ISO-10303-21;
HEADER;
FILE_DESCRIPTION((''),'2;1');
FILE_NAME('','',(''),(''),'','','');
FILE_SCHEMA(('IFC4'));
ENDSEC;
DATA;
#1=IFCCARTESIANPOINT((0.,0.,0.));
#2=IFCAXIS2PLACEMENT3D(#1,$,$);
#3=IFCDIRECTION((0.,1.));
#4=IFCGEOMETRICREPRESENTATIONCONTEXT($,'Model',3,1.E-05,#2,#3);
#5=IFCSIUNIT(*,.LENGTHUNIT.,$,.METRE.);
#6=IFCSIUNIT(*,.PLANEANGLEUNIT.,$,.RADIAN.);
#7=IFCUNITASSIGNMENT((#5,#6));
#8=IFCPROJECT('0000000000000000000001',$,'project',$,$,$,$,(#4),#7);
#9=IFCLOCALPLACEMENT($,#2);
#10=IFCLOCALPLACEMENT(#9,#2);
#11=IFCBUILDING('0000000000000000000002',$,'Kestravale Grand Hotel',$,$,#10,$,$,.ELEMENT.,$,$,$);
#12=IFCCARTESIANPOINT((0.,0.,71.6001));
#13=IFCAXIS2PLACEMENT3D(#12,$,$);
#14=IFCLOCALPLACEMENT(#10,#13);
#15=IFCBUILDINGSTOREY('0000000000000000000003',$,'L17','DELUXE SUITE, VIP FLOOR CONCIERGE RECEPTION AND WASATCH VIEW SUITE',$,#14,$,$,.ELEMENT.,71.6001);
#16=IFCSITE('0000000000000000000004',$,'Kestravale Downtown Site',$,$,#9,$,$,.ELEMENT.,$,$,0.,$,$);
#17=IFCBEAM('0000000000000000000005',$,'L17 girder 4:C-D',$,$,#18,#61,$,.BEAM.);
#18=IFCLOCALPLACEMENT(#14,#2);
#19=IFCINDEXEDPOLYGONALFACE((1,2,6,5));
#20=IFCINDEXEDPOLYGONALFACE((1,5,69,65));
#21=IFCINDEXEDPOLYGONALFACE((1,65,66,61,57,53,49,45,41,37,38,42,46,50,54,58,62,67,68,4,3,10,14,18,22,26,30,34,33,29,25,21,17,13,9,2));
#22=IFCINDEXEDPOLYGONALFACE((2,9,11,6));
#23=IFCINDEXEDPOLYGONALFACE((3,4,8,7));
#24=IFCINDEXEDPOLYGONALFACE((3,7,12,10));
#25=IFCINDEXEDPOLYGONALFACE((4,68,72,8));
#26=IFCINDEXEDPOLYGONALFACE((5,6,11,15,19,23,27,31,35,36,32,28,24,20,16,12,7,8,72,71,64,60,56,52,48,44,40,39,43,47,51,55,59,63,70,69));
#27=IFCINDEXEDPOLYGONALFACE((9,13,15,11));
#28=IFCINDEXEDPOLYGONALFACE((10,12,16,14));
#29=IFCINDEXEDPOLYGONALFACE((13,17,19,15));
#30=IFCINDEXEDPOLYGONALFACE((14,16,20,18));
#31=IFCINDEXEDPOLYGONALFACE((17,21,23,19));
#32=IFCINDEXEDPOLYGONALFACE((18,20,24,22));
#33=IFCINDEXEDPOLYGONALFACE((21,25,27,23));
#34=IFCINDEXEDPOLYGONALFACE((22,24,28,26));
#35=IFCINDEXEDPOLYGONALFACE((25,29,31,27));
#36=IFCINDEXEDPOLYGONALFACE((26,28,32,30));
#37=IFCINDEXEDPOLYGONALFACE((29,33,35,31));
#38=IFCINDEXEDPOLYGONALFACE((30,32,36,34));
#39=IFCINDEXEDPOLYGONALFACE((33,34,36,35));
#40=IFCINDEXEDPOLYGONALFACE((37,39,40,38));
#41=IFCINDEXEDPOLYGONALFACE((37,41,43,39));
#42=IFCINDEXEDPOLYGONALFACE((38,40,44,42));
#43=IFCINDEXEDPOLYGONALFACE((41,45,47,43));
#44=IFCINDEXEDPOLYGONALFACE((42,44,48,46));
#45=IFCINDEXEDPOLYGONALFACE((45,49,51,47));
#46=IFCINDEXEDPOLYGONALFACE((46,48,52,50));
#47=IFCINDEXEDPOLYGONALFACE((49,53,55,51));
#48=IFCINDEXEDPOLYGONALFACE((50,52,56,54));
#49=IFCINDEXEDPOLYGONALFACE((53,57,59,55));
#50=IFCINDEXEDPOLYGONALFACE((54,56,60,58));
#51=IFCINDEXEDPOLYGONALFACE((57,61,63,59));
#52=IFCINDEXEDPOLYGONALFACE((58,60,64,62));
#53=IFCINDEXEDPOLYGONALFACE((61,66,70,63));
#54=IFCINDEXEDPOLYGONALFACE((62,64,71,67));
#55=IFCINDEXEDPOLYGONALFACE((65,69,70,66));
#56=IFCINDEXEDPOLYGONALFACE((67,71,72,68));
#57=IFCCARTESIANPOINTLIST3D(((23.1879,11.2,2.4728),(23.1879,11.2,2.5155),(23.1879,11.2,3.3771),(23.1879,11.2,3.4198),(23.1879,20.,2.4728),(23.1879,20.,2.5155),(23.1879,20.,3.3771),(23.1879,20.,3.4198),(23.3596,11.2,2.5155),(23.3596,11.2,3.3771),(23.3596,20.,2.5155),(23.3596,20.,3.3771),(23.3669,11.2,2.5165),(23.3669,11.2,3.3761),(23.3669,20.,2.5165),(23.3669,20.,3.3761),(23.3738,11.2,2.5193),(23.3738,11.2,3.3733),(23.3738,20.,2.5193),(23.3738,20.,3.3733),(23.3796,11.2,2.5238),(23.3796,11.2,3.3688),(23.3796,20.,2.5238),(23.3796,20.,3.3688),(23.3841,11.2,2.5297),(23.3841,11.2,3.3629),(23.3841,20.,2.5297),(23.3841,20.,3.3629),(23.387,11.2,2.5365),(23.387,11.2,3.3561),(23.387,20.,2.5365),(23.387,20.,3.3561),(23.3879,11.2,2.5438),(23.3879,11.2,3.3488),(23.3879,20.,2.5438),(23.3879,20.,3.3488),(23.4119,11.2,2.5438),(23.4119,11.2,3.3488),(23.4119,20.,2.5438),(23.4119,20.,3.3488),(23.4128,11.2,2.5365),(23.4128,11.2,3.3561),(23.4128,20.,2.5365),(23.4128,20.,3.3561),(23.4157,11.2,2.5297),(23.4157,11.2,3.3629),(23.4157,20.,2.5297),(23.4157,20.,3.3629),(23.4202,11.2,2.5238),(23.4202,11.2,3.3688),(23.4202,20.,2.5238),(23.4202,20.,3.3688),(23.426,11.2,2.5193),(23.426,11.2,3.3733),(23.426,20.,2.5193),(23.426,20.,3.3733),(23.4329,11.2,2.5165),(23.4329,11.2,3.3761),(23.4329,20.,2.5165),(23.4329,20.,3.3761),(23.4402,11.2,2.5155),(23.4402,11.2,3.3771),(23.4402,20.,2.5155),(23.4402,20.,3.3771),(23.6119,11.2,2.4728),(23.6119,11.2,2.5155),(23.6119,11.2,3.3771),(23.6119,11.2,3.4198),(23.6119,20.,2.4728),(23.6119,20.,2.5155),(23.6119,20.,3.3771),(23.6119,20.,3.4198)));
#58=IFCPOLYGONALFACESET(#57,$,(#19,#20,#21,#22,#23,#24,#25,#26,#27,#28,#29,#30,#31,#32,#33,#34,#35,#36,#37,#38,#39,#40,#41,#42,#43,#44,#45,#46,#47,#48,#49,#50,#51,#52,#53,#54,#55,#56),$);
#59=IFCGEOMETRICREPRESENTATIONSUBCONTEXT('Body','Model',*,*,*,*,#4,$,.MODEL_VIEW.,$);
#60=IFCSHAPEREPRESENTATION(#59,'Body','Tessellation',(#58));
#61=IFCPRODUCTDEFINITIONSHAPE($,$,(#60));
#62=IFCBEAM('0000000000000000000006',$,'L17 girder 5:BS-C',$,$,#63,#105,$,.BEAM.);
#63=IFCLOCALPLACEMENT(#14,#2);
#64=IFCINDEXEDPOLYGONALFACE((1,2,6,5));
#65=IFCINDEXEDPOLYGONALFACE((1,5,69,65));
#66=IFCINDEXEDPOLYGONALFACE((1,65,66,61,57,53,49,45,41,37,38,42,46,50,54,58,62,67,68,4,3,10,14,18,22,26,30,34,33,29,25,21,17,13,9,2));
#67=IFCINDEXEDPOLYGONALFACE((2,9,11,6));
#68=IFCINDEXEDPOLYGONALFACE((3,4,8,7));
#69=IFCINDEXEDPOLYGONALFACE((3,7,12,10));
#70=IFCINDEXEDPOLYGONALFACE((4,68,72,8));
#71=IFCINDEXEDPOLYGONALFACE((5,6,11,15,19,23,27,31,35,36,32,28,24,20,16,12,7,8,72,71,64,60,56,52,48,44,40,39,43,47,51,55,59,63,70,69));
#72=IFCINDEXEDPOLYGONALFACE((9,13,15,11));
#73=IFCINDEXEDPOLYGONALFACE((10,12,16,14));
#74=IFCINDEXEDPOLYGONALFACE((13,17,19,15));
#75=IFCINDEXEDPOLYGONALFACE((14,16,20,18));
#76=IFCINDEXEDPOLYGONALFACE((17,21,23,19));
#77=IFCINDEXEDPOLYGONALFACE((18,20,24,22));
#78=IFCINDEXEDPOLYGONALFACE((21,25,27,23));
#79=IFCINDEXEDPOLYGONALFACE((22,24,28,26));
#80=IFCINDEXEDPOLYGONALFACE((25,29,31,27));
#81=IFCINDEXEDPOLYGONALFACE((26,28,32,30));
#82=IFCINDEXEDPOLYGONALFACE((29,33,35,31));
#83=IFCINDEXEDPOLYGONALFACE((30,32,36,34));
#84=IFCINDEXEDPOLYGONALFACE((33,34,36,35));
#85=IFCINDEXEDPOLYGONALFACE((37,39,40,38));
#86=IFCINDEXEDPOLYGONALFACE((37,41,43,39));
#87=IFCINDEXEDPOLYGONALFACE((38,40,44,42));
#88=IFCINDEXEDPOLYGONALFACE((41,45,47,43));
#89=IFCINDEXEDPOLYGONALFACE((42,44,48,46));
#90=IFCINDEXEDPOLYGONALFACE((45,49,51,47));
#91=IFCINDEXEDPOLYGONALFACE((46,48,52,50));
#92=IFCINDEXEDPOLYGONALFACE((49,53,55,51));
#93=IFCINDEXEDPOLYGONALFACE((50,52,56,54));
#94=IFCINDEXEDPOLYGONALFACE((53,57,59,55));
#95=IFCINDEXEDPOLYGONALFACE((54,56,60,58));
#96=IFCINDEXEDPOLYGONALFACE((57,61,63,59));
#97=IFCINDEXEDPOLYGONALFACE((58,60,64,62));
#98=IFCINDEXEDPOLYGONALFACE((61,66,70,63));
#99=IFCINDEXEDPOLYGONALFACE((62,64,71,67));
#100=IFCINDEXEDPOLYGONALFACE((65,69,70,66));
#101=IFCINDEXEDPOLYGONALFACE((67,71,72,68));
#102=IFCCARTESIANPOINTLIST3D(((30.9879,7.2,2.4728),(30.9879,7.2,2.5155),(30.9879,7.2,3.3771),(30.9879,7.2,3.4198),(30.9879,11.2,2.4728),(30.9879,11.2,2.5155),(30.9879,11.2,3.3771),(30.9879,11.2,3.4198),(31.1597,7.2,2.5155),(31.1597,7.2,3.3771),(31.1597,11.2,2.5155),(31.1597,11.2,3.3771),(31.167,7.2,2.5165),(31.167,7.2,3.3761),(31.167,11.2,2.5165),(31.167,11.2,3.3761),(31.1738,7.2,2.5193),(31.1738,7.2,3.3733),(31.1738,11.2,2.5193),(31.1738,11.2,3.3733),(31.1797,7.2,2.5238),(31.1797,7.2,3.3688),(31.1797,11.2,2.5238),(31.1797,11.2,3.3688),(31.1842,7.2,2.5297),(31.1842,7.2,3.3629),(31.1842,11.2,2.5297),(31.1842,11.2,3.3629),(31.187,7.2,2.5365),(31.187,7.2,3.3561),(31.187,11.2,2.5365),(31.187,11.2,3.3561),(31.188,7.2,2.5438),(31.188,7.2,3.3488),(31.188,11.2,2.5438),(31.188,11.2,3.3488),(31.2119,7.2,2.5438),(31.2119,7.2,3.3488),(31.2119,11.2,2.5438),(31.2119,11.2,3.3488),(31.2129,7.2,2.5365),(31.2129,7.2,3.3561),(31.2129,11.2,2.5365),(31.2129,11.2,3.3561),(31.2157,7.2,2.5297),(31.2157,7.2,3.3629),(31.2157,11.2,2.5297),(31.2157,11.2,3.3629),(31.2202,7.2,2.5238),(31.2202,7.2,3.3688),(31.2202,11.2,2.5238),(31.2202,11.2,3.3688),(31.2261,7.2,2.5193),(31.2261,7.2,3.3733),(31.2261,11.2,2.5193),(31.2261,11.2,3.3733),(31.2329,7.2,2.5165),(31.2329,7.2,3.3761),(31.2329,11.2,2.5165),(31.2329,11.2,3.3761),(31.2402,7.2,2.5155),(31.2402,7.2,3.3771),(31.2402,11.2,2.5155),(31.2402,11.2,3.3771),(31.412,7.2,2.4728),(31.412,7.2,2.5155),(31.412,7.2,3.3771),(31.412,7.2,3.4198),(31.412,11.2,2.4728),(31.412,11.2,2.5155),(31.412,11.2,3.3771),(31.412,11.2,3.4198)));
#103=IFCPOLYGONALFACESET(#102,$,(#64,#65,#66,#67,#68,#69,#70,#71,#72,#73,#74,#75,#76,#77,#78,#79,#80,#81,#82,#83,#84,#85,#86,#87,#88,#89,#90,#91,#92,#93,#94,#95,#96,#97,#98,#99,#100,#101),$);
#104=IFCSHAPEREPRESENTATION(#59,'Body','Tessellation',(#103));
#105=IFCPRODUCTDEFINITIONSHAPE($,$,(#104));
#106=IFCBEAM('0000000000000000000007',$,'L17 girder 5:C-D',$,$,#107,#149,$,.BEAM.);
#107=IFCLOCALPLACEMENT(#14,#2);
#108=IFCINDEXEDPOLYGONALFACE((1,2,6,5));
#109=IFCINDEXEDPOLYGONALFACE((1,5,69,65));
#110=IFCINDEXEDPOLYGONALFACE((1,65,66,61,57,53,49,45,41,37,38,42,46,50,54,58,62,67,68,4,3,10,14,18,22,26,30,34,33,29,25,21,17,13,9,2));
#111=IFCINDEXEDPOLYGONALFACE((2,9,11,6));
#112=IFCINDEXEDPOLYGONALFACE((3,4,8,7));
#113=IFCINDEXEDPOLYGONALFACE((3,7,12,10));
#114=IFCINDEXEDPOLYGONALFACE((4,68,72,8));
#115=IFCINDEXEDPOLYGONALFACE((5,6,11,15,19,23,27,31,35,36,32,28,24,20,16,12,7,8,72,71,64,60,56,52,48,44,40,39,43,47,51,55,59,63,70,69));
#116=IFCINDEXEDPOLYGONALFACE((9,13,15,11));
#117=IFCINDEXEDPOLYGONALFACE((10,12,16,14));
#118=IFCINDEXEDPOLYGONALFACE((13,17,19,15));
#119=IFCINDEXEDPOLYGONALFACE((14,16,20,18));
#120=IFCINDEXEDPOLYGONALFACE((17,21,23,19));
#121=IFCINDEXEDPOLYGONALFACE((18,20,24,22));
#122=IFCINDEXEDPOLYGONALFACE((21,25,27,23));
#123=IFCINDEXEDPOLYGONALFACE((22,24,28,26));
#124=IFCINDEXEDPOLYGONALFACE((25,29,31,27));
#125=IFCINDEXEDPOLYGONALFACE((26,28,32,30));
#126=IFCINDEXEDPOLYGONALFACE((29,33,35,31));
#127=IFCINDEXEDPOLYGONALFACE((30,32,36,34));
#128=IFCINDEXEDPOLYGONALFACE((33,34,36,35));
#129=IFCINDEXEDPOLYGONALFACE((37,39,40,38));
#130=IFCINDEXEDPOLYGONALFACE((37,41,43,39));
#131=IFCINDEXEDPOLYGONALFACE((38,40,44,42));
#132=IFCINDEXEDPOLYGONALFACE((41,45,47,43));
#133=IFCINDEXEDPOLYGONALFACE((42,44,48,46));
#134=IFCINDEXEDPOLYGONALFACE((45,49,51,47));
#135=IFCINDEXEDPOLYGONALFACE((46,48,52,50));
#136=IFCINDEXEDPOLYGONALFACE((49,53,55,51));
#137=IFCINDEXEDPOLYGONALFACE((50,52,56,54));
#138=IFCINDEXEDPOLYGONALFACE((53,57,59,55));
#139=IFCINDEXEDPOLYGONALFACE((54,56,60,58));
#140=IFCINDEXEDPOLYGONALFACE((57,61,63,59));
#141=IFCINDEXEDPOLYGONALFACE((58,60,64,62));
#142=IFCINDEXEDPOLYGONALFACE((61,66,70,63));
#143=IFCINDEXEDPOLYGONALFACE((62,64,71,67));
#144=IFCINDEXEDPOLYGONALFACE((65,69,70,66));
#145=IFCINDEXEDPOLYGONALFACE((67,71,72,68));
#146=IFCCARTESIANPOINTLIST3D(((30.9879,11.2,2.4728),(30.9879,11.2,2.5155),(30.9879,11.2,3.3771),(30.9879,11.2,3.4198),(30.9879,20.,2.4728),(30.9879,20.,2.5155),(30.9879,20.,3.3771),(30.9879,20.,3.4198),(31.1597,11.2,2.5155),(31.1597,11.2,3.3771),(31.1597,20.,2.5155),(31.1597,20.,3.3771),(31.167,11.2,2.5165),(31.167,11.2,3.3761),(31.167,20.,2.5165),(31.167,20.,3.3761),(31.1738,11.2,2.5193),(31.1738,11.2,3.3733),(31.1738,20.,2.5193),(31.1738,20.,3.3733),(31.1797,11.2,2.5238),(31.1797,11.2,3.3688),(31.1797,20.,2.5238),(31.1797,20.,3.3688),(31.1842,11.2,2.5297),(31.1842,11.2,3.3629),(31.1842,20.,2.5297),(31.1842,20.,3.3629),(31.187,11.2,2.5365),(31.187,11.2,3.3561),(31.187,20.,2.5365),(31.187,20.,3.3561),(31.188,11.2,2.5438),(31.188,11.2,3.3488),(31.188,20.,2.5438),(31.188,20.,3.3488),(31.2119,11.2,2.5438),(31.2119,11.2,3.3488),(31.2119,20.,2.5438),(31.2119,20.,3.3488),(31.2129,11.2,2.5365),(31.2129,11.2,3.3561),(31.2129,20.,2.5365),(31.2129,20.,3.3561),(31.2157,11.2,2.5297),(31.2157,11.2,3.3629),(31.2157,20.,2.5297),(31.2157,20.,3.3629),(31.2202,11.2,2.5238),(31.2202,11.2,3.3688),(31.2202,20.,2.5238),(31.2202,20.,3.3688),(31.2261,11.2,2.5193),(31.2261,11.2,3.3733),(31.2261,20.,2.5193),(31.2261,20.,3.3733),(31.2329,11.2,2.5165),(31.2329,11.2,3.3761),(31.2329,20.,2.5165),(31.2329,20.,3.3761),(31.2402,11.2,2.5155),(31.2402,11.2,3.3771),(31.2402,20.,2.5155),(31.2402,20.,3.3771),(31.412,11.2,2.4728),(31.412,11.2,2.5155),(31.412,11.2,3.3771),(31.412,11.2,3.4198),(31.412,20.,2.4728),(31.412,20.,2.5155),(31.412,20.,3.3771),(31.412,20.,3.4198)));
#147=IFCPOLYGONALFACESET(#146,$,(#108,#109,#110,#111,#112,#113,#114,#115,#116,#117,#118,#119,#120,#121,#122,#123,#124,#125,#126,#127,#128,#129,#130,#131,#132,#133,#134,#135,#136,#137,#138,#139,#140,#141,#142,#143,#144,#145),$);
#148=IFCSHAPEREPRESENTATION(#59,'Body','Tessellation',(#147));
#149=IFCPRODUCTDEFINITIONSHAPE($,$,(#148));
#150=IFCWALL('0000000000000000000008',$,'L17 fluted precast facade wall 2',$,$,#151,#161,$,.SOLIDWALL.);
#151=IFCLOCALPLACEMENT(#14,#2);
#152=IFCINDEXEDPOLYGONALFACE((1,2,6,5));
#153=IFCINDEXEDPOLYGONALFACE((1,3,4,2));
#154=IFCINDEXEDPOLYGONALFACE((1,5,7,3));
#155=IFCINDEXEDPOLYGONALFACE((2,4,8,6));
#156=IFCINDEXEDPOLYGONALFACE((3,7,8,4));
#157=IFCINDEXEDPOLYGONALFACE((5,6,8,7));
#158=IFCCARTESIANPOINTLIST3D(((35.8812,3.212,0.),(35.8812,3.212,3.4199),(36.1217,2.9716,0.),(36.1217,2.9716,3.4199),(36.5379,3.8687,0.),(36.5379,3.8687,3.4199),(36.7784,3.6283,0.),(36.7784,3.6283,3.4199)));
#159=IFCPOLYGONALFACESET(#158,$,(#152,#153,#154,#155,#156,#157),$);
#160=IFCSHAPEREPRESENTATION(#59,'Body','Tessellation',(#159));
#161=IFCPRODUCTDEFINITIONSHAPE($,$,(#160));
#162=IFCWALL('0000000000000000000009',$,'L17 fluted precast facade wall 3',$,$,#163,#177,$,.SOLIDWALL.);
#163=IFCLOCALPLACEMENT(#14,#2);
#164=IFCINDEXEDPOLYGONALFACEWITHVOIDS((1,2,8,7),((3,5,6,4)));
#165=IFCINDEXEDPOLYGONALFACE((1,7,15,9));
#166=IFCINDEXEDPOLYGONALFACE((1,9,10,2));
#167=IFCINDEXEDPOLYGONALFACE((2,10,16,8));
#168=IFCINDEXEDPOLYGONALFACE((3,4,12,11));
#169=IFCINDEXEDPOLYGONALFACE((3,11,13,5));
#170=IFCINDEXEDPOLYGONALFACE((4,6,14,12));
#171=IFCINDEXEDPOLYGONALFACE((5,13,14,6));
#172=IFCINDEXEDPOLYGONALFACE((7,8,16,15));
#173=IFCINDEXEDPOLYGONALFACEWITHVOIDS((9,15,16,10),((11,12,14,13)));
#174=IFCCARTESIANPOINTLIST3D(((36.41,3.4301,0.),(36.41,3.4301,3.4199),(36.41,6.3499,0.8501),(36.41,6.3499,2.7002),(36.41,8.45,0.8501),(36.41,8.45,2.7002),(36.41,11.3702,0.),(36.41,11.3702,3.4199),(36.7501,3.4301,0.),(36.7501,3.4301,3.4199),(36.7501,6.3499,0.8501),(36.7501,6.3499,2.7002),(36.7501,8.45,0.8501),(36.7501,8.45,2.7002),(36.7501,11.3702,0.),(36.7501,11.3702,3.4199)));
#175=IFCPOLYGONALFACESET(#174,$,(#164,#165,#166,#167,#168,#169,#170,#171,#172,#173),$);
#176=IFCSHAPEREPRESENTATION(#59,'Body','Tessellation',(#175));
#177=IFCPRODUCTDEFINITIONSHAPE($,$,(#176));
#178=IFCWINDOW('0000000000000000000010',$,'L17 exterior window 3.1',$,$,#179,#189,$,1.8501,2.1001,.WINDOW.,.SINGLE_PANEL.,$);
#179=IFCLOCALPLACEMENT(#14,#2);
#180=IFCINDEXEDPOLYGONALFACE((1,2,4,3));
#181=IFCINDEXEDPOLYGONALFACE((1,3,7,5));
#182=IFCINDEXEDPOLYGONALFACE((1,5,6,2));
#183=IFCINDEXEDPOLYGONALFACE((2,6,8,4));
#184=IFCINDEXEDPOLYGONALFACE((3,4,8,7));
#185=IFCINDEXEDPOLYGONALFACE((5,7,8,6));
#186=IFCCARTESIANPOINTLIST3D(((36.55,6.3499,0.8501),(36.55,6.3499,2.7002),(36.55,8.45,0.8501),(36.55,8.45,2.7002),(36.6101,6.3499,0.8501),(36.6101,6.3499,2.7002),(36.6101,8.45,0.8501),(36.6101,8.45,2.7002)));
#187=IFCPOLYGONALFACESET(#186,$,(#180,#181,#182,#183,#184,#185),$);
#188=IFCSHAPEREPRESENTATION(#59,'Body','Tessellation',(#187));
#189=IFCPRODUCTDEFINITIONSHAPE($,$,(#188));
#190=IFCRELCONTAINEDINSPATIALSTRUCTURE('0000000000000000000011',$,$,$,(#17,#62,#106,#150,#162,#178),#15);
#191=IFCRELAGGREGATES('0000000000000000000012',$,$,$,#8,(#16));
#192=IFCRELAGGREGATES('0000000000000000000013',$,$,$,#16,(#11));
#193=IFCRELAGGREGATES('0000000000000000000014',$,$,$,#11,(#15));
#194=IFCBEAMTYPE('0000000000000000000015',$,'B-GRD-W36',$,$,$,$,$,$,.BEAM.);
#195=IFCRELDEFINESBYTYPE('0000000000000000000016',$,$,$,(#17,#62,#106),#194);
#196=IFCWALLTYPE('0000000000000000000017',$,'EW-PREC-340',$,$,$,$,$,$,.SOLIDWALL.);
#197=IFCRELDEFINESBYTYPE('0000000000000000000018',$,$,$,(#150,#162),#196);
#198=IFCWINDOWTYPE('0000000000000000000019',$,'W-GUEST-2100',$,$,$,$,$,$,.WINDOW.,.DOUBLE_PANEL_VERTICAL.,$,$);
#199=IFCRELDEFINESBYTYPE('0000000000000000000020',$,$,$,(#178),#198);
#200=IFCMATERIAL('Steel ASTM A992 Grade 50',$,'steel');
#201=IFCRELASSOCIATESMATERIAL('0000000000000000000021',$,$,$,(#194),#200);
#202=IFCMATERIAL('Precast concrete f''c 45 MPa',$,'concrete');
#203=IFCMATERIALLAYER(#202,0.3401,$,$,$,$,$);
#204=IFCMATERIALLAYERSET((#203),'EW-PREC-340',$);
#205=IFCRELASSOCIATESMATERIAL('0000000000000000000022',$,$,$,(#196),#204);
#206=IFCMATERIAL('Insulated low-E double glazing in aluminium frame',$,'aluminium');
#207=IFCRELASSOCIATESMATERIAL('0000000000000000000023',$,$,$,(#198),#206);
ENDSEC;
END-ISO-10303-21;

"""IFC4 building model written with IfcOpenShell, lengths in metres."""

from ifc_helpers import new_model, si_unit, direction, frame, frame_2d, origin, origin_2d, place, context, subcontext, project, spatial, rectangle, i_section, extrude, material, layer, layer_set, material_profile, profile_set, type_object, element, fill, save


model = new_model("IFC4")

# Units and contexts
model_context = context("Model", 3, precision=1e-05, world=origin(), true_north=direction((0.0, 1.0)))
body_context = subcontext(model_context, "Body", "Model", "MODEL_VIEW")
ifc_project = project(units=[si_unit("LENGTHUNIT", "METRE"), si_unit("PLANEANGLEUNIT", "RADIAN")], contexts=[model_context])

# Site, building, storey
site_placement = place(None, origin())
site = spatial("IfcSite", under=ifc_project, at=site_placement, Name="Kestravale Downtown Site", CompositionType="ELEMENT", RefElevation=0.0)
building_placement = place(site_placement, origin())
building = spatial("IfcBuilding", under=site, at=building_placement, Name="Kestravale Grand Hotel", CompositionType="ELEMENT")
storey_placement = place(building_placement, frame((0.0, 0.0, 71.6001)))
storey = spatial("IfcBuildingStorey", under=building, at=storey_placement, Name="L17", Description="DELUXE SUITE, VIP FLOOR CONCIERGE RECEPTION AND WASATCH VIEW SUITE", CompositionType="ELEMENT", Elevation=71.6001)

# Beams
ifc_material_1 = material(Name="Steel ASTM A992 Grade 50", Category="steel")
ifc_material_profile_1 = material_profile(ifc_material_1, i_section(OverallWidth=0.4241, OverallDepth=0.947, WebThickness=0.0239, FlangeThickness=0.0427, FilletRadius=0.0283, at=origin_2d()))
ifc_profile_set_1 = profile_set([ifc_material_profile_1], Name="Steel ASTM A992 Grade 50")
beam_type_1 = type_object("IfcBeamType", Name="B-GRD-W36", PredefinedType="BEAM", material=ifc_profile_set_1)
beam_1_placement = place(storey_placement, frame((23.3999, 11.2, 2.9463), z_axis=(0.0, 1.0, 0.0), x_axis=(-1.0, 0.0, 0.0)))
element("IfcBeam", 1, at=beam_1_placement, inside=storey, type_object=beam_type_1, Name="L17 girder 4:C-D", PredefinedType="BEAM", context=body_context, shape_type="SweptSolid", body=[
    extrude(i_section(OverallWidth=0.4241, OverallDepth=0.947, WebThickness=0.0239, FlangeThickness=0.0427, FilletRadius=0.0283, at=origin_2d()), origin(), (0.0, 0.0, 1.0), 8.8),
])
beam_2_placement = place(storey_placement, frame((31.2, 7.2, 2.9463), z_axis=(0.0, 1.0, 0.0), x_axis=(-1.0, 0.0, 0.0)))
element("IfcBeam", 2, at=beam_2_placement, inside=storey, type_object=beam_type_1, Name="L17 girder 5:BS-C", PredefinedType="BEAM", context=body_context, shape_type="SweptSolid", body=[
    extrude(i_section(OverallWidth=0.4241, OverallDepth=0.947, WebThickness=0.0239, FlangeThickness=0.0427, FilletRadius=0.0283, at=origin_2d()), origin(), (0.0, 0.0, 1.0), 4.0),
])
beam_3_placement = place(storey_placement, frame((31.2, 11.2, 2.9463), z_axis=(0.0, 1.0, 0.0), x_axis=(-1.0, 0.0, 0.0)))
element("IfcBeam", 3, at=beam_3_placement, inside=storey, type_object=beam_type_1, Name="L17 girder 5:C-D", PredefinedType="BEAM", context=body_context, shape_type="SweptSolid", body=[
    extrude(i_section(OverallWidth=0.4241, OverallDepth=0.947, WebThickness=0.0239, FlangeThickness=0.0427, FilletRadius=0.0283, at=origin_2d()), origin(), (0.0, 0.0, 1.0), 8.8),
])

# Wall
ifc_material_2 = material(Name="Precast concrete f'c 45 MPa", Category="concrete")
ifc_layer_1 = layer(ifc_material_2, 0.3401)
ifc_layer_set_1 = layer_set([ifc_layer_1], Name="EW-PREC-340")
wall_type_1 = type_object("IfcWallType", Name="EW-PREC-340", PredefinedType="SOLIDWALL", material=ifc_layer_set_1)
wall_1_placement = place(storey_placement, frame((36.0015, 3.0918, 0.0), z_axis=(0.0, 0.0, 1.0), x_axis=(0.707107, 0.707107, 0.0)))
element("IfcWall", 4, at=wall_1_placement, inside=storey, type_object=wall_type_1, Name="L17 fluted precast facade wall 2", PredefinedType="SOLIDWALL", context=body_context, shape_type="SweptSolid", body=[
    extrude(rectangle(XDim=0.9287, YDim=0.3401, at=frame_2d((0.4644, 0.0))), origin(), (0.0, 0.0, 1.0), 3.4199),
])

# Wall, opening, window
wall_2_placement = place(storey_placement, frame((36.5801, 3.4299, 0.0), z_axis=(0.0, 0.0, 1.0), x_axis=(0.0, 1.0, 0.0)))
wall_2 = element("IfcWall", 5, at=wall_2_placement, inside=storey, type_object=wall_type_1, Name="L17 fluted precast facade wall 3", PredefinedType="SOLIDWALL", context=body_context, shape_type="SweptSolid", body=[
    extrude(rectangle(XDim=7.9402, YDim=0.3401, at=frame_2d((3.9702, 0.0))), origin(), (0.0, 0.0, 1.0), 3.4199),
])
opening_1_placement = place(wall_2_placement, frame((2.9199, 0.0, 0.8501)))
opening_1 = element("IfcOpeningElement", 6, at=opening_1_placement, cuts=wall_2, PredefinedType="OPENING", context=body_context, shape_type="SweptSolid", body=[
    extrude(rectangle(XDim=2.1001, YDim=1.8501, at=frame_2d((1.05, 0.925))), frame((0.0, 0.1799, 0.0), z_axis=(0.0, -1.0, 0.0), x_axis=(1.0, 0.0, 0.0)), (0.0, 0.0, 1.0), 0.3601),
])
ifc_material_3 = material(Name="Insulated low-E double glazing in aluminium frame", Category="aluminium")
window_type = type_object("IfcWindowType", Name="W-GUEST-2100", PartitioningType="DOUBLE_PANEL_VERTICAL", PredefinedType="WINDOW", material=ifc_material_3)
window_1_placement = place(opening_1_placement, origin())
window_1 = element("IfcWindow", 7, at=window_1_placement, inside=storey, type_object=window_type, Name="L17 exterior window 3.1", OverallHeight=1.8501, OverallWidth=2.1001, PartitioningType="SINGLE_PANEL", PredefinedType="WINDOW", context=body_context, shape_type="SweptSolid", body=[
    extrude(rectangle(XDim=2.1001, YDim=1.8501, at=frame_2d((1.05, 0.925))), frame((0.0, 0.03, 0.0), z_axis=(0.0, -1.0, 0.0), x_axis=(1.0, 0.0, 0.0)), (0.0, 0.0, 1.0), 0.0601),
])
fill(opening_1, window_1)

save(model, "model.ifc")
